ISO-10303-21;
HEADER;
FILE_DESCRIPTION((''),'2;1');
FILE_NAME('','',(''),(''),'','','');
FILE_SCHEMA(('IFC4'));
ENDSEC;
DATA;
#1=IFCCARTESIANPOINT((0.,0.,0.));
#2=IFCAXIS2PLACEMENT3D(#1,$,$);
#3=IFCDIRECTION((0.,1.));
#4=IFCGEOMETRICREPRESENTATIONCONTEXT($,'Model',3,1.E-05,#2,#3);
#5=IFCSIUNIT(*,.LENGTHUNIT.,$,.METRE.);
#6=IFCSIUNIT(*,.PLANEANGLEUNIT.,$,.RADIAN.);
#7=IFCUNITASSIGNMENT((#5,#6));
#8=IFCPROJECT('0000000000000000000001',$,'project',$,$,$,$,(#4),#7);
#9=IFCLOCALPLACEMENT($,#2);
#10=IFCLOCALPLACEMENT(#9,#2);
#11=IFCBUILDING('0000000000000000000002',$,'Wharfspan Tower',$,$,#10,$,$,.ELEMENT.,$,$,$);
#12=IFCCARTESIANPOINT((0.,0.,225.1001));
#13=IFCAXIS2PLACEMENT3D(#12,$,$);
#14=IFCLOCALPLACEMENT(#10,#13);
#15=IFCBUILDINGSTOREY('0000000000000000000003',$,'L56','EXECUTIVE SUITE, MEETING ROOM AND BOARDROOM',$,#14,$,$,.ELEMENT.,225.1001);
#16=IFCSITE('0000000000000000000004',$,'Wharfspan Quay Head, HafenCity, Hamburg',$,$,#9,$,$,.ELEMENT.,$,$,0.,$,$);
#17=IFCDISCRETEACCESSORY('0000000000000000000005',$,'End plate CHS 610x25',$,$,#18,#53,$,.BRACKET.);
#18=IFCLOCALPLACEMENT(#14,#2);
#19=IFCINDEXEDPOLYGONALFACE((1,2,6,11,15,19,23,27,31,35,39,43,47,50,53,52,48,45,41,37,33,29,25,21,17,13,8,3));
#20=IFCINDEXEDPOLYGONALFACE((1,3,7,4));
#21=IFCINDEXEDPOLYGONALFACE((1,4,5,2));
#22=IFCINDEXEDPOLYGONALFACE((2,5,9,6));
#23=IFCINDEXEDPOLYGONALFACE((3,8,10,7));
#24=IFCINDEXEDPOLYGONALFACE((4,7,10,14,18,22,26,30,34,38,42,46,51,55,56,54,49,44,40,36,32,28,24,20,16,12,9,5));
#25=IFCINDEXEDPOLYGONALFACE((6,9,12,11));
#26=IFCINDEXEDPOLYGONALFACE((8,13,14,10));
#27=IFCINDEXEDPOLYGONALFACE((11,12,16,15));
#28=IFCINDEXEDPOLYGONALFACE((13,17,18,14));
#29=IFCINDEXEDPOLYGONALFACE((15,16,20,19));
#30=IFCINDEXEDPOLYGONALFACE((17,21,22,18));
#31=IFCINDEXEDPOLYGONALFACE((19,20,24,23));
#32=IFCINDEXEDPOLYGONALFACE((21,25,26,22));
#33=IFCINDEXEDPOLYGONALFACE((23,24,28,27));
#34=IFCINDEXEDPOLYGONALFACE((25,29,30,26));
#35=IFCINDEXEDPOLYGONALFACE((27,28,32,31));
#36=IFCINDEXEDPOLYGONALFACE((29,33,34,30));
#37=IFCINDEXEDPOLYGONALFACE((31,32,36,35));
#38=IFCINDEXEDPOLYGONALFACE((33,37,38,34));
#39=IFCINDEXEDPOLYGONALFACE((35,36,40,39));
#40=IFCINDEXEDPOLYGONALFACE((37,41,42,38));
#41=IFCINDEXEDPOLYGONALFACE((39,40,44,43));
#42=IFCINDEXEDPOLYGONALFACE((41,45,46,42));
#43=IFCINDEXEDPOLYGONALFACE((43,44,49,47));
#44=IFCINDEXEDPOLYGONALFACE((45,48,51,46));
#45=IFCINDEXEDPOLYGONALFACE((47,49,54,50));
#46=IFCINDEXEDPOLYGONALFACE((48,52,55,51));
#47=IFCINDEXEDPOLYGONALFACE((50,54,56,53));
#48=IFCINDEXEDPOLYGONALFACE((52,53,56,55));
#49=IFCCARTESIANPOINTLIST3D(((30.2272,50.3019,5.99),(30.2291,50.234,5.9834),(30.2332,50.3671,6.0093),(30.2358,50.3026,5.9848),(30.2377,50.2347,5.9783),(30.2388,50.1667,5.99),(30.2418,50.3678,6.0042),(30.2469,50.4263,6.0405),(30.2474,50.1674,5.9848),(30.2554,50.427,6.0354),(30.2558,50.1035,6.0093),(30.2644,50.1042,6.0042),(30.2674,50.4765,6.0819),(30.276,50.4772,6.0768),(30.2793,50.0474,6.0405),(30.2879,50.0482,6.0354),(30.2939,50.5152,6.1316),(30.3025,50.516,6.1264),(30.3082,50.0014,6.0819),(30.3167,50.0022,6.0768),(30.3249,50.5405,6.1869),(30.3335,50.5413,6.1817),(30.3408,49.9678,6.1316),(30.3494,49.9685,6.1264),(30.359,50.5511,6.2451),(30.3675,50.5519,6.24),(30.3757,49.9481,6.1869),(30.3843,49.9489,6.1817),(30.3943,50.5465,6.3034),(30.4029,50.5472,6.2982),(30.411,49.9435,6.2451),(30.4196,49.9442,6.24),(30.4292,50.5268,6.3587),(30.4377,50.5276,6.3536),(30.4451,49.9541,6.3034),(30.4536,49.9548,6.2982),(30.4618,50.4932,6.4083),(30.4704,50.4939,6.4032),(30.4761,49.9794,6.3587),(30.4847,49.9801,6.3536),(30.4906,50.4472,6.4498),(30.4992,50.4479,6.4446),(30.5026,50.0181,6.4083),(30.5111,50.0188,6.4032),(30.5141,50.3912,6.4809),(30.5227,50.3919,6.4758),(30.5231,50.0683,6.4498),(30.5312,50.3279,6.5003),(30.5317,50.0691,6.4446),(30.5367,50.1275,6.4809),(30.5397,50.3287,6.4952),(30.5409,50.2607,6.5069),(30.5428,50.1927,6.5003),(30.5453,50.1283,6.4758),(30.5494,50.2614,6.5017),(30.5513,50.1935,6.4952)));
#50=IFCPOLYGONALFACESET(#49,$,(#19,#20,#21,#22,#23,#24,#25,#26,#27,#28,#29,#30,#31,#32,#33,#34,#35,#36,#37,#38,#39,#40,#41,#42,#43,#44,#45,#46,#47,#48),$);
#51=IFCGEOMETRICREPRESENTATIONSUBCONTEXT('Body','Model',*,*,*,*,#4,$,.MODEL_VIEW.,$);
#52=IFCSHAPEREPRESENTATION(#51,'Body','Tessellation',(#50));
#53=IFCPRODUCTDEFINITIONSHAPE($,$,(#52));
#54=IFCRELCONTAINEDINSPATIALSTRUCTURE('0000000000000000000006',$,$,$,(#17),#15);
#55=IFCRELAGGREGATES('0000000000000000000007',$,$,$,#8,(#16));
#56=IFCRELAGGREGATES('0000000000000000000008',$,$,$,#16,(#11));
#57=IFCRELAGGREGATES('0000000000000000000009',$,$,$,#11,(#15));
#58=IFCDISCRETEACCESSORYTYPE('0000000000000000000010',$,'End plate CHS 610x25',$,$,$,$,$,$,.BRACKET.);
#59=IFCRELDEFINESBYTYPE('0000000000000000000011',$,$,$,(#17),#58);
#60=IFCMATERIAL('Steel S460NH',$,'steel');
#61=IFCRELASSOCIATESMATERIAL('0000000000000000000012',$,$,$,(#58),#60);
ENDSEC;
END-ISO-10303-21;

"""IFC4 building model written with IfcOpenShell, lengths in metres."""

from ifc_helpers import new_model, si_unit, direction, frame, origin, origin_2d, place, context, subcontext, project, spatial, circle, extrude, material, material_profile, profile_set, type_object, element, save


model = new_model("IFC4")

# Units and contexts
model_context = context("Model", 3, precision=1e-05, world=origin(), true_north=direction((0.0, 1.0)))
body_context = subcontext(model_context, "Body", "Model", "MODEL_VIEW")
ifc_project = project(units=[si_unit("LENGTHUNIT", "METRE"), si_unit("PLANEANGLEUNIT", "RADIAN")], contexts=[model_context])

# Site, building, storey
site_placement = place(None, origin())
site = spatial("IfcSite", under=ifc_project, at=site_placement, Name="Wharfspan Quay Head, HafenCity, Hamburg", CompositionType="ELEMENT", RefElevation=0.0)
building_placement = place(site_placement, origin())
building = spatial("IfcBuilding", under=site, at=building_placement, Name="Wharfspan Tower", CompositionType="ELEMENT")
storey_placement = place(building_placement, frame((0.0, 0.0, 225.1001)))
storey = spatial("IfcBuildingStorey", under=building, at=storey_placement, Name="L56", Description="EXECUTIVE SUITE, MEETING ROOM AND BOARDROOM", CompositionType="ELEMENT", Elevation=225.1001)

# Shared definitions
ifc_material_1 = material(Name="Steel S460NH", Category="steel")

# Discrete accessory
ifc_material_profile_1 = material_profile(ifc_material_1, circle(Radius=0.3049, at=origin_2d()))
ifc_profile_set_1 = profile_set([ifc_material_profile_1], Name="Steel S460NH")
discrete_accessory_type = type_object("IfcDiscreteAccessoryType", Name="End plate CHS 610x25", PredefinedType="BRACKET", material=ifc_profile_set_1)
for number, where, z_axis, x_axis, name in (
    (1, (30.3936, 50.248, 6.24), (-0.855186, -0.073302, 0.513112), (0.085402, -0.996345, 0.000001), "End plate CHS 610x25"),
):
    element("IfcDiscreteAccessory", number, at=place(storey_placement, frame(where, z_axis=z_axis, x_axis=x_axis)), inside=storey, type_object=discrete_accessory_type, Name=name, PredefinedType="BRACKET", context=body_context, shape_type="SweptSolid", body=[
        extrude(circle(Radius=0.3049, at=origin_2d()), origin(), (0.0, 0.0, 1.0), 0.01),
    ])

save(model, "model.ifc")
